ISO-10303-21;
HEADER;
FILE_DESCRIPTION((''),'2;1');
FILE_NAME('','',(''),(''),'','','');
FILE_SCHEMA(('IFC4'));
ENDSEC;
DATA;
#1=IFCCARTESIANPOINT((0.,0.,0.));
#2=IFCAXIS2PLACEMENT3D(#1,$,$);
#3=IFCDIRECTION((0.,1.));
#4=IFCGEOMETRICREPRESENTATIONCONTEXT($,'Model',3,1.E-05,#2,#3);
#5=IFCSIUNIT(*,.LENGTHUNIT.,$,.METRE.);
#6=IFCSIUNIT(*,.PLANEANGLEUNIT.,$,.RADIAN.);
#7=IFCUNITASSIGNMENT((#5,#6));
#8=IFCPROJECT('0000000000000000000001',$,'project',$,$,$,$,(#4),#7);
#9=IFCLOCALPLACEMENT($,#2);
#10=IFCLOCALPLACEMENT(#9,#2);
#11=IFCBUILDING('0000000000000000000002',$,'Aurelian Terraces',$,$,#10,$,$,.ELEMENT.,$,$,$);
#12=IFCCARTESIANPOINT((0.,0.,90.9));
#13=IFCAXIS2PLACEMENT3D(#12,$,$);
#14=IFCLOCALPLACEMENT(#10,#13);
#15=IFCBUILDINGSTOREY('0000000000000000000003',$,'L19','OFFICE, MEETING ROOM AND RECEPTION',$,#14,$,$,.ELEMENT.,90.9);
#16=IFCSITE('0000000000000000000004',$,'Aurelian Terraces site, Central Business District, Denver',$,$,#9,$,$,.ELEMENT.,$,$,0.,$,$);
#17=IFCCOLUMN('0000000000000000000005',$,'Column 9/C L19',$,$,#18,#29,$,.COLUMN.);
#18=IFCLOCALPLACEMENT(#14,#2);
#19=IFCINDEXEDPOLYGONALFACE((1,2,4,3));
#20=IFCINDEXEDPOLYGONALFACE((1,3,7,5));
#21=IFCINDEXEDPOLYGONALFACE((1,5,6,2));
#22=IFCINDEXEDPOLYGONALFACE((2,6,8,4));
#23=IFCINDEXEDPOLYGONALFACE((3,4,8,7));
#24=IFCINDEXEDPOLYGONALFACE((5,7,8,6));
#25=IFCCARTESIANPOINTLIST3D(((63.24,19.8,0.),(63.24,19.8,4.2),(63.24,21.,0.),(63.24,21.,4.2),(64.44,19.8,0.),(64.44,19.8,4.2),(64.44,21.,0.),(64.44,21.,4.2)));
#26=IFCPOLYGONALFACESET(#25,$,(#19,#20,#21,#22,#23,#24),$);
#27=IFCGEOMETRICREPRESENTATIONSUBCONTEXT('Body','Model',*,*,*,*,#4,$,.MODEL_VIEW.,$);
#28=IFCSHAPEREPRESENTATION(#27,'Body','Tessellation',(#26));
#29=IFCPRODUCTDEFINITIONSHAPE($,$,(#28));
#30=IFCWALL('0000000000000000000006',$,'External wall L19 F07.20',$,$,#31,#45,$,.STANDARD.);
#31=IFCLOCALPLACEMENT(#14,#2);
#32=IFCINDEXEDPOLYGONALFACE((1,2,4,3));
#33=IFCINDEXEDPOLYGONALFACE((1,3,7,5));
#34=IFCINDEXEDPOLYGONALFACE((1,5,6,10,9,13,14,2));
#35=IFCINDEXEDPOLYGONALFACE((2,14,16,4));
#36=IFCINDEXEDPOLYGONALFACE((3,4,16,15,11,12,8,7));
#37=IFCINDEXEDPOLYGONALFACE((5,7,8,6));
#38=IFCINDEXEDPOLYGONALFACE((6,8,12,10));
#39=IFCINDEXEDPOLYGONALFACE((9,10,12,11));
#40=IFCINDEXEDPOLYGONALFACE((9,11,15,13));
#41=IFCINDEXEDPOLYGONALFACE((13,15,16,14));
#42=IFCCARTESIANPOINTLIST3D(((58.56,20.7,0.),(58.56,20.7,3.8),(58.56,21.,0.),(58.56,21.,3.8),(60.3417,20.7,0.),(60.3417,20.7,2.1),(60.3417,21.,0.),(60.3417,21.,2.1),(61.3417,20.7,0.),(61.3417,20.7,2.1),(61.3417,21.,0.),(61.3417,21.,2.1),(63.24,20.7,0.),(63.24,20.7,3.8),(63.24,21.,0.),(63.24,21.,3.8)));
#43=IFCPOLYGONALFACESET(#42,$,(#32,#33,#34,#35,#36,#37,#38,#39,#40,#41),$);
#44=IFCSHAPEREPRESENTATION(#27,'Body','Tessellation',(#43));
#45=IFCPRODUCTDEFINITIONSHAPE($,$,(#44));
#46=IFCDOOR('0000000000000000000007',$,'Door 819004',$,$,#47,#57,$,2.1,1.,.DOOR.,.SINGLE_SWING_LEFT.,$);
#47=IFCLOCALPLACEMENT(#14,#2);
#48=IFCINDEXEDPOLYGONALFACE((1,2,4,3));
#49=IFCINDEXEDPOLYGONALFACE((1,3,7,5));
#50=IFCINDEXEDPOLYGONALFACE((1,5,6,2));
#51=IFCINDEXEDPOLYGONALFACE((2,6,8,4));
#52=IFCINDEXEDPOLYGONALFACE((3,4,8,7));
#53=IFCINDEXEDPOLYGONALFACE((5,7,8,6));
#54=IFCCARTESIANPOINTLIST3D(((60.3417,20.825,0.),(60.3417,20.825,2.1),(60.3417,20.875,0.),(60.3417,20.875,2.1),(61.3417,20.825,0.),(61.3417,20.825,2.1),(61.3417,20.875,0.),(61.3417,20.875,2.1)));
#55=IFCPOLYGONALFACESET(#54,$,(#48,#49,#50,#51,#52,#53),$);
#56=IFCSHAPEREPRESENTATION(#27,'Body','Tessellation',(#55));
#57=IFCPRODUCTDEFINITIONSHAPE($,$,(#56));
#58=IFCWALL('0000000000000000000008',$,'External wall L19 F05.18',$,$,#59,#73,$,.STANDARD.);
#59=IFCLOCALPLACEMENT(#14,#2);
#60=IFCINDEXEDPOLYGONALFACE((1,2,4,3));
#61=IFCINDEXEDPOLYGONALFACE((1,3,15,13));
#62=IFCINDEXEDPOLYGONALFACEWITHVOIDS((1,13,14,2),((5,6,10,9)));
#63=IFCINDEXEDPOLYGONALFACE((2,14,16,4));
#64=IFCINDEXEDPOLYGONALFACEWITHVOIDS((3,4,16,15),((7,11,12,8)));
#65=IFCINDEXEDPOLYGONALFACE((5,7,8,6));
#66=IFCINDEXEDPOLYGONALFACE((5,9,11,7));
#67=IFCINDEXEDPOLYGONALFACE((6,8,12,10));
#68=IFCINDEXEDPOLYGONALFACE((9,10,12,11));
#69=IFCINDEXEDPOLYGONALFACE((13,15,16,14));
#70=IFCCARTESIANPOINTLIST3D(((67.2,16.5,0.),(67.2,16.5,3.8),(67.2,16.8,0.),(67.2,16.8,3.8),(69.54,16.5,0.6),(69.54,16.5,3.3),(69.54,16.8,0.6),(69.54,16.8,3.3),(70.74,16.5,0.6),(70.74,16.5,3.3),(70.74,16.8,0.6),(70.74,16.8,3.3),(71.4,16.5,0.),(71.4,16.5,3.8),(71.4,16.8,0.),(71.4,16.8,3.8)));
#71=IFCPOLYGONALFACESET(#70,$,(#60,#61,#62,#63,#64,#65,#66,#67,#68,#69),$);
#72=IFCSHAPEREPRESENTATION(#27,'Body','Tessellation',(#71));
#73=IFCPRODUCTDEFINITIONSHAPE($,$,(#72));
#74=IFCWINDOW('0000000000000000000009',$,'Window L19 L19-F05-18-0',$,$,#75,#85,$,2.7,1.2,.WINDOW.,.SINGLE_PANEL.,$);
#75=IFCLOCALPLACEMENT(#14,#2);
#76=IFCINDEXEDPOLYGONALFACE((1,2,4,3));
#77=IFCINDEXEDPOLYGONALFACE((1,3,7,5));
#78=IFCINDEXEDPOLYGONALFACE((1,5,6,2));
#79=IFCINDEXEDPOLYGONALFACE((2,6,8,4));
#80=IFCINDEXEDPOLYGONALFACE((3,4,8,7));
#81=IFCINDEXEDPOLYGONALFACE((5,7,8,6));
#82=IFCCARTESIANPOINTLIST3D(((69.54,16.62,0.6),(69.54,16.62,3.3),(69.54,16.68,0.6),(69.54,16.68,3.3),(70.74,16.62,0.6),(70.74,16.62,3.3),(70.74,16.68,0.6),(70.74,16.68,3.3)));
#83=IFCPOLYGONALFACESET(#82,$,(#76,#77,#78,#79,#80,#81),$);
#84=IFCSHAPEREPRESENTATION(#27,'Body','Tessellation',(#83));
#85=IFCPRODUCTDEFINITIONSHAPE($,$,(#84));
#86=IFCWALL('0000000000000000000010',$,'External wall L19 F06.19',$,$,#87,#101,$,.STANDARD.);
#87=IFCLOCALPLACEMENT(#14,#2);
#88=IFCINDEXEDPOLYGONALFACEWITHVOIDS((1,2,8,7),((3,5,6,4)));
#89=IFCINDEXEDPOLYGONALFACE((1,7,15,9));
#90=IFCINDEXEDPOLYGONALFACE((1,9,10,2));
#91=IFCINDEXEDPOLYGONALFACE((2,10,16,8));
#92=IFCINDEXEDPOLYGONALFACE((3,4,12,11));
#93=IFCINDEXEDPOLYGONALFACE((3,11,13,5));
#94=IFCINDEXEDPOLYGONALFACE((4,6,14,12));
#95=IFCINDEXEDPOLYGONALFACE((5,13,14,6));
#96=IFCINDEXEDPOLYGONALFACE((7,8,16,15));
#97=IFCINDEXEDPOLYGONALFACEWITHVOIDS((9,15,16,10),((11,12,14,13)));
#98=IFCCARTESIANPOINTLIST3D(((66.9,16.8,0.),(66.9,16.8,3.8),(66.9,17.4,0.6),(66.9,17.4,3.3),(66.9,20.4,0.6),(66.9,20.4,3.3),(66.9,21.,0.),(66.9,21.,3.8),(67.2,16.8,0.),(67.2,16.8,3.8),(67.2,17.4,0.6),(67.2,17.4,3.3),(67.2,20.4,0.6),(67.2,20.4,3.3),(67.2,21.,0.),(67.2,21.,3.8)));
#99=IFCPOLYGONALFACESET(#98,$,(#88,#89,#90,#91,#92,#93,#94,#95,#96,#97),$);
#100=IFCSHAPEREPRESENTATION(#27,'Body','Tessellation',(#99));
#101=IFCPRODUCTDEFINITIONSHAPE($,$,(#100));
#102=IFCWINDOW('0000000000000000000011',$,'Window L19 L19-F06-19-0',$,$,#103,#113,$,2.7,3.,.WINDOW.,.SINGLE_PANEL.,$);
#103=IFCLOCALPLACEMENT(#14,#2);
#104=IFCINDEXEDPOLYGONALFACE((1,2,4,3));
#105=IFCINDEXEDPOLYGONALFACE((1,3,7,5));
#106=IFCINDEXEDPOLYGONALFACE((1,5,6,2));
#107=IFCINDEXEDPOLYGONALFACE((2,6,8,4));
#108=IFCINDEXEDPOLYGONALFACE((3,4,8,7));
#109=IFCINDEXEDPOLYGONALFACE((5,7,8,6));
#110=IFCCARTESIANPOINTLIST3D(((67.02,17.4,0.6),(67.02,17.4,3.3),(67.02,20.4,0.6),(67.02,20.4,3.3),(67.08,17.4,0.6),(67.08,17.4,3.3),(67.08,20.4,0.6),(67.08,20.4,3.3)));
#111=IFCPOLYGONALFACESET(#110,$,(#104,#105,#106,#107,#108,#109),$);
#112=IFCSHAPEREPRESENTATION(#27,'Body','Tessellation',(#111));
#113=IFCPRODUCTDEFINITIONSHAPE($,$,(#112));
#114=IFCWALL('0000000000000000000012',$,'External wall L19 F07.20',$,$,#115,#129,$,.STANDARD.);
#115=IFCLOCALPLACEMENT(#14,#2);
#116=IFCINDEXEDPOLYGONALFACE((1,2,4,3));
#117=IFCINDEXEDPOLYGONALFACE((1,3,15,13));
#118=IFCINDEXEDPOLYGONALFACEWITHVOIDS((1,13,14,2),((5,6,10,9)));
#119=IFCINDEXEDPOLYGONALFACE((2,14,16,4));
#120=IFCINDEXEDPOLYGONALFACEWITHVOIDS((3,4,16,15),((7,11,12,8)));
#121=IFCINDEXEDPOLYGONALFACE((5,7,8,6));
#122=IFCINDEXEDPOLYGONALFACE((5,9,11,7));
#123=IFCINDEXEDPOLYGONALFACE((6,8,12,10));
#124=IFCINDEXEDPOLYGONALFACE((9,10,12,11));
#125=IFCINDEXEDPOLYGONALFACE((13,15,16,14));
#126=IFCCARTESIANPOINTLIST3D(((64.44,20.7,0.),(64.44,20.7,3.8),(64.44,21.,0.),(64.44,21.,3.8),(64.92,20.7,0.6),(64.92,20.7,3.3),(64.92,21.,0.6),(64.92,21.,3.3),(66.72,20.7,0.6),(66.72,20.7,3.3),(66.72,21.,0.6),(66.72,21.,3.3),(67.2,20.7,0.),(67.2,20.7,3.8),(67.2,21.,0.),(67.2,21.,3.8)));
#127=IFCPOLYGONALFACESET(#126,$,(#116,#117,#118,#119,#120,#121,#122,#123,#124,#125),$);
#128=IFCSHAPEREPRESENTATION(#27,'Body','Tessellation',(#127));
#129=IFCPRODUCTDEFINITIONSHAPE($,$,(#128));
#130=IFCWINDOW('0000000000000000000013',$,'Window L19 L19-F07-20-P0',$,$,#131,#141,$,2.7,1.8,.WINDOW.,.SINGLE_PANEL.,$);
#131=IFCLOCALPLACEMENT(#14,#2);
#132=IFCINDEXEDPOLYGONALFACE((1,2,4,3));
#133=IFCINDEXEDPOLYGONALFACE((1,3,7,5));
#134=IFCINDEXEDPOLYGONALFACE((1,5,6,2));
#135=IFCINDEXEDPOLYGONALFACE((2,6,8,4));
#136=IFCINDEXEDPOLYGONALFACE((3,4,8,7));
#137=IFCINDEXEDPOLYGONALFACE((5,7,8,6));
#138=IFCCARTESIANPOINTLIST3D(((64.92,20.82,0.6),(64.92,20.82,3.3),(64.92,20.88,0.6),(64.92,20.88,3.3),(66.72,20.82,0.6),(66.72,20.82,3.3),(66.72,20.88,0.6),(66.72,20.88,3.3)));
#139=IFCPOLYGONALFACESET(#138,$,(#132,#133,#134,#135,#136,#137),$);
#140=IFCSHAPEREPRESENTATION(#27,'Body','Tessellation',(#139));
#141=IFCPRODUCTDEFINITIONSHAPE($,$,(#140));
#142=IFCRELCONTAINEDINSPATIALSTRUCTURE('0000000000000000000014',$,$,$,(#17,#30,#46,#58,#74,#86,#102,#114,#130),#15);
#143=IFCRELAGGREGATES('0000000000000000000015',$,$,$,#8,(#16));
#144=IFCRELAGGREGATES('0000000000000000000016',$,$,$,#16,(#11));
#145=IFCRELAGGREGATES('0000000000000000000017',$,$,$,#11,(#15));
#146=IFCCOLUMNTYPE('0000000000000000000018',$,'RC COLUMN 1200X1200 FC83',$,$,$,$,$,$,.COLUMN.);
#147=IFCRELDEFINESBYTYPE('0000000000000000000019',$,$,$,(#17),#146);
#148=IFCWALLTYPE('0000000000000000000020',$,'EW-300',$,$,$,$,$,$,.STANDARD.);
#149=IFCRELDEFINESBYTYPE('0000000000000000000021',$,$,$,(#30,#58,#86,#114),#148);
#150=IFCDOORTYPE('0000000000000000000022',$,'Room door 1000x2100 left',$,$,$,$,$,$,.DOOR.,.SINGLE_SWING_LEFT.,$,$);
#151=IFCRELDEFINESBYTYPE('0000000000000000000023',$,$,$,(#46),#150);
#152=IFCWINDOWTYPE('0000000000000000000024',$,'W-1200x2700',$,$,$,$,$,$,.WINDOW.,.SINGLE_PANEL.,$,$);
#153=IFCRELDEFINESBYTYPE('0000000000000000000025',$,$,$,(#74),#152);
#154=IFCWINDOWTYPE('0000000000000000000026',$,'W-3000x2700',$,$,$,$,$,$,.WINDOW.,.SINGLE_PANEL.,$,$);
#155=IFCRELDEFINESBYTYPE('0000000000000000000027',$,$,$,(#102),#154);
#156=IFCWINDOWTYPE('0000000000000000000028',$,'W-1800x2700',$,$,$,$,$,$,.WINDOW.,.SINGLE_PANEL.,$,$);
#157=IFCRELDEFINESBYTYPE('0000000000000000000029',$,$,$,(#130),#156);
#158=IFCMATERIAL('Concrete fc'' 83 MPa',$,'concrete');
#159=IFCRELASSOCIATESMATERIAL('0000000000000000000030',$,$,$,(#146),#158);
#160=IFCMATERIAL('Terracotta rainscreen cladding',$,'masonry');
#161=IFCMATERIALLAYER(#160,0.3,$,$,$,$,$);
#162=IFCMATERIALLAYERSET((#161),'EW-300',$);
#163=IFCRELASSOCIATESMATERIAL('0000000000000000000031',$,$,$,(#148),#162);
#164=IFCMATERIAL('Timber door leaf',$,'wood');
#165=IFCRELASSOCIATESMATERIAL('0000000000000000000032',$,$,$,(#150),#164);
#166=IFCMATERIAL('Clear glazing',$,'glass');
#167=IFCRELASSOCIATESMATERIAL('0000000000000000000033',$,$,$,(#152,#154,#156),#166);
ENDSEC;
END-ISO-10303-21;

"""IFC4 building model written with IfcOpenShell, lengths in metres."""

from ifc_helpers import new_model, si_unit, direction, frame, frame_2d, origin, origin_2d, place, context, subcontext, project, spatial, rectangle, extrude, source, transform, mapped, material, layer, layer_set, material_profile, profile_set, type_object, element, fill, save


model = new_model("IFC4")

# Units and contexts
model_context = context("Model", 3, precision=1e-05, world=origin(), true_north=direction((0.0, 1.0)))
body_context = subcontext(model_context, "Body", "Model", "MODEL_VIEW")
ifc_project = project(units=[si_unit("LENGTHUNIT", "METRE"), si_unit("PLANEANGLEUNIT", "RADIAN")], contexts=[model_context])

# Site, building, storey
site_placement = place(None, origin())
site = spatial("IfcSite", under=ifc_project, at=site_placement, Name="Aurelian Terraces site, Central Business District, Denver", CompositionType="ELEMENT", RefElevation=0.0)
building_placement = place(site_placement, origin())
building = spatial("IfcBuilding", under=site, at=building_placement, Name="Aurelian Terraces", CompositionType="ELEMENT")
storey_placement = place(building_placement, frame((0.0, 0.0, 90.9)))
storey = spatial("IfcBuildingStorey", under=building, at=storey_placement, Name="L19", Description="OFFICE, MEETING ROOM AND RECEPTION", CompositionType="ELEMENT", Elevation=90.9)

# Column
ifc_material_1 = material(Name="Concrete fc' 83 MPa", Category="concrete")
ifc_material_profile = material_profile(ifc_material_1, rectangle(XDim=1.2, YDim=1.2, at=origin_2d()))
ifc_profile_set = profile_set([ifc_material_profile], Name="Concrete fc' 83 MPa")
column_type = type_object("IfcColumnType", Name="RC COLUMN 1200X1200 FC83", PredefinedType="COLUMN", material=ifc_profile_set)
shared_shape_1 = source(origin(), body_context, "Body", "SweptSolid", [
    extrude(rectangle(XDim=1.2, YDim=1.2, at=origin_2d()), origin(), (0.0, 0.0, 1.0), 4.2),
])
column_placement = place(storey_placement, frame((63.84, 20.4, 0.0), z_axis=(0.0, 0.0, 1.0), x_axis=(1.0, 0.0, 0.0)))
element("IfcColumn", 1, at=column_placement, inside=storey, type_object=column_type, Name="Column 9/C L19", PredefinedType="COLUMN", context=body_context, shape_type="MappedRepresentation", body=[
    mapped(shared_shape_1, transform((0.0, 0.0, 0.0), scale=1.0)),
])

# Wall, opening, door
ifc_material_2 = material(Name="Terracotta rainscreen cladding", Category="masonry")
ifc_layer_1 = layer(ifc_material_2, 0.3)
ifc_layer_set_1 = layer_set([ifc_layer_1], Name="EW-300")
wall_type_1 = type_object("IfcWallType", Name="EW-300", PredefinedType="STANDARD", material=ifc_layer_set_1)
shared_shape_2 = source(origin(), body_context, "Body", "SweptSolid", [
    extrude(rectangle(XDim=4.68, YDim=0.3, at=frame_2d((2.34, 0.0))), origin(), (0.0, 0.0, 1.0), 3.8),
])
wall_1_placement = place(storey_placement, frame((63.24, 20.85, 0.0), z_axis=(0.0, 0.0, 1.0), x_axis=(-1.0, 0.0, 0.0)))
wall_1 = element("IfcWall", 2, at=wall_1_placement, inside=storey, type_object=wall_type_1, Name="External wall L19 F07.20", PredefinedType="STANDARD", context=body_context, shape_type="MappedRepresentation", body=[
    mapped(shared_shape_2, transform((0.0, 0.0, 0.0), scale=1.0)),
])
shared_shape_3 = source(origin(), body_context, "Body", "SweptSolid", [
    extrude(rectangle(XDim=1.0, YDim=2.1, at=frame_2d((0.5, 1.05))), frame((0.0, 0.16, 0.0), z_axis=(0.0, -1.0, 0.0), x_axis=(1.0, 0.0, 0.0)), (0.0, 0.0, 1.0), 0.32),
])
opening_1_placement = place(wall_1_placement, frame((1.8983, 0.0, 0.0)))
opening_1 = element("IfcOpeningElement", 3, at=opening_1_placement, cuts=wall_1, PredefinedType="OPENING", context=body_context, shape_type="MappedRepresentation", body=[
    mapped(shared_shape_3, transform((0.0, 0.0, 0.0), scale=1.0)),
])
ifc_material_3 = material(Name="Timber door leaf", Category="wood")
door_type_1 = type_object("IfcDoorType", Name="Room door 1000x2100 left", OperationType="SINGLE_SWING_LEFT", PredefinedType="DOOR", material=ifc_material_3)
shared_shape_4 = source(origin(), body_context, "Body", "SweptSolid", [
    extrude(rectangle(XDim=1.0, YDim=2.1, at=frame_2d((0.5, 1.05))), frame((0.0, 0.025, 0.0), z_axis=(0.0, -1.0, 0.0), x_axis=(1.0, 0.0, 0.0)), (0.0, 0.0, 1.0), 0.05),
])
door_1_placement = place(opening_1_placement, origin())
door_1 = element("IfcDoor", 4, at=door_1_placement, inside=storey, type_object=door_type_1, Name="Door 819004", OperationType="SINGLE_SWING_LEFT", OverallHeight=2.1, OverallWidth=1.0, PredefinedType="DOOR", context=body_context, shape_type="MappedRepresentation", body=[
    mapped(shared_shape_4, transform((0.0, 0.0, 0.0), scale=1.0)),
])
fill(opening_1, door_1)

# Walls, openings, windows
shared_shape_5 = source(origin(), body_context, "Body", "SweptSolid", [
    extrude(rectangle(XDim=4.2, YDim=0.3, at=frame_2d((2.1, 0.0))), origin(), (0.0, 0.0, 1.0), 3.8),
])
wall_2_placement = place(storey_placement, frame((71.4, 16.65, 0.0), z_axis=(0.0, 0.0, 1.0), x_axis=(-1.0, 0.0, 0.0)))
wall_2 = element("IfcWall", 5, at=wall_2_placement, inside=storey, type_object=wall_type_1, Name="External wall L19 F05.18", PredefinedType="STANDARD", context=body_context, shape_type="MappedRepresentation", body=[
    mapped(shared_shape_5, transform((0.0, 0.0, 0.0), scale=1.0)),
])
shared_shape_6 = source(origin(), body_context, "Body", "SweptSolid", [
    extrude(rectangle(XDim=1.2, YDim=2.7, at=frame_2d((0.6, 1.35))), frame((0.0, 0.16, 0.0), z_axis=(0.0, -1.0, 0.0), x_axis=(1.0, 0.0, 0.0)), (0.0, 0.0, 1.0), 0.32),
])
opening_2_placement = place(wall_2_placement, frame((0.66, 0.0, 0.6)))
opening_2 = element("IfcOpeningElement", 6, at=opening_2_placement, cuts=wall_2, PredefinedType="OPENING", context=body_context, shape_type="MappedRepresentation", body=[
    mapped(shared_shape_6, transform((0.0, 0.0, 0.0), scale=1.0)),
])
ifc_material_4 = material(Name="Clear glazing", Category="glass")
window_type_1 = type_object("IfcWindowType", Name="W-1200x2700", PartitioningType="SINGLE_PANEL", PredefinedType="WINDOW", material=ifc_material_4)
shared_shape_7 = source(origin(), body_context, "Body", "SweptSolid", [
    extrude(rectangle(XDim=1.2, YDim=2.7, at=frame_2d((0.6, 1.35))), frame((0.0, 0.03, 0.0), z_axis=(0.0, -1.0, 0.0), x_axis=(1.0, 0.0, 0.0)), (0.0, 0.0, 1.0), 0.06),
])
window_1_placement = place(opening_2_placement, origin())
window_1 = element("IfcWindow", 7, at=window_1_placement, inside=storey, type_object=window_type_1, Name="Window L19 L19-F05-18-0", OverallHeight=2.7, OverallWidth=1.2, PartitioningType="SINGLE_PANEL", PredefinedType="WINDOW", context=body_context, shape_type="MappedRepresentation", body=[
    mapped(shared_shape_7, transform((0.0, 0.0, 0.0), scale=1.0)),
])
fill(opening_2, window_1)
wall_3_placement = place(storey_placement, frame((67.05, 16.8, 0.0), z_axis=(0.0, 0.0, 1.0), x_axis=(0.0, 1.0, 0.0)))
wall_3 = element("IfcWall", 8, at=wall_3_placement, inside=storey, type_object=wall_type_1, Name="External wall L19 F06.19", PredefinedType="STANDARD", context=body_context, shape_type="MappedRepresentation", body=[
    mapped(shared_shape_5, transform((0.0, 0.0, 0.0), scale=1.0)),
])
shared_shape_8 = source(origin(), body_context, "Body", "SweptSolid", [
    extrude(rectangle(XDim=3.0, YDim=2.7, at=frame_2d((1.5, 1.35))), frame((0.0, 0.16, 0.0), z_axis=(0.0, -1.0, 0.0), x_axis=(1.0, 0.0, 0.0)), (0.0, 0.0, 1.0), 0.32),
])
opening_3_placement = place(wall_3_placement, frame((0.6, 0.0, 0.6)))
opening_3 = element("IfcOpeningElement", 9, at=opening_3_placement, cuts=wall_3, PredefinedType="OPENING", context=body_context, shape_type="MappedRepresentation", body=[
    mapped(shared_shape_8, transform((0.0, 0.0, 0.0), scale=1.0)),
])
window_type_2 = type_object("IfcWindowType", Name="W-3000x2700", PartitioningType="SINGLE_PANEL", PredefinedType="WINDOW", material=ifc_material_4)
shared_shape_9 = source(origin(), body_context, "Body", "SweptSolid", [
    extrude(rectangle(XDim=3.0, YDim=2.7, at=frame_2d((1.5, 1.35))), frame((0.0, 0.03, 0.0), z_axis=(0.0, -1.0, 0.0), x_axis=(1.0, 0.0, 0.0)), (0.0, 0.0, 1.0), 0.06),
])
window_2_placement = place(opening_3_placement, origin())
window_2 = element("IfcWindow", 10, at=window_2_placement, inside=storey, type_object=window_type_2, Name="Window L19 L19-F06-19-0", OverallHeight=2.7, OverallWidth=3.0, PartitioningType="SINGLE_PANEL", PredefinedType="WINDOW", context=body_context, shape_type="MappedRepresentation", body=[
    mapped(shared_shape_9, transform((0.0, 0.0, 0.0), scale=1.0)),
])
fill(opening_3, window_2)
shared_shape_10 = source(origin(), body_context, "Body", "SweptSolid", [
    extrude(rectangle(XDim=2.76, YDim=0.3, at=frame_2d((1.38, 0.0))), origin(), (0.0, 0.0, 1.0), 3.8),
])
wall_4_placement = place(storey_placement, frame((67.2, 20.85, 0.0), z_axis=(0.0, 0.0, 1.0), x_axis=(-1.0, 0.0, 0.0)))
wall_4 = element("IfcWall", 11, at=wall_4_placement, inside=storey, type_object=wall_type_1, Name="External wall L19 F07.20", PredefinedType="STANDARD", context=body_context, shape_type="MappedRepresentation", body=[
    mapped(shared_shape_10, transform((0.0, 0.0, 0.0), scale=1.0)),
])
shared_shape_11 = source(origin(), body_context, "Body", "SweptSolid", [
    extrude(rectangle(XDim=1.8, YDim=2.7, at=frame_2d((0.9, 1.35))), frame((0.0, 0.16, 0.0), z_axis=(0.0, -1.0, 0.0), x_axis=(1.0, 0.0, 0.0)), (0.0, 0.0, 1.0), 0.32),
])
opening_4_placement = place(wall_4_placement, frame((0.48, 0.0, 0.6)))
opening_4 = element("IfcOpeningElement", 12, at=opening_4_placement, cuts=wall_4, PredefinedType="OPENING", context=body_context, shape_type="MappedRepresentation", body=[
    mapped(shared_shape_11, transform((0.0, 0.0, 0.0), scale=1.0)),
])
window_type_3 = type_object("IfcWindowType", Name="W-1800x2700", PartitioningType="SINGLE_PANEL", PredefinedType="WINDOW", material=ifc_material_4)
shared_shape_12 = source(origin(), body_context, "Body", "SweptSolid", [
    extrude(rectangle(XDim=1.8, YDim=2.7, at=frame_2d((0.9, 1.35))), frame((0.0, 0.03, 0.0), z_axis=(0.0, -1.0, 0.0), x_axis=(1.0, 0.0, 0.0)), (0.0, 0.0, 1.0), 0.06),
])
window_3_placement = place(opening_4_placement, origin())
window_3 = element("IfcWindow", 13, at=window_3_placement, inside=storey, type_object=window_type_3, Name="Window L19 L19-F07-20-P0", OverallHeight=2.7, OverallWidth=1.8, PartitioningType="SINGLE_PANEL", PredefinedType="WINDOW", context=body_context, shape_type="MappedRepresentation", body=[
    mapped(shared_shape_12, transform((0.0, 0.0, 0.0), scale=1.0)),
])
fill(opening_4, window_3)

save(model, "model.ifc")
